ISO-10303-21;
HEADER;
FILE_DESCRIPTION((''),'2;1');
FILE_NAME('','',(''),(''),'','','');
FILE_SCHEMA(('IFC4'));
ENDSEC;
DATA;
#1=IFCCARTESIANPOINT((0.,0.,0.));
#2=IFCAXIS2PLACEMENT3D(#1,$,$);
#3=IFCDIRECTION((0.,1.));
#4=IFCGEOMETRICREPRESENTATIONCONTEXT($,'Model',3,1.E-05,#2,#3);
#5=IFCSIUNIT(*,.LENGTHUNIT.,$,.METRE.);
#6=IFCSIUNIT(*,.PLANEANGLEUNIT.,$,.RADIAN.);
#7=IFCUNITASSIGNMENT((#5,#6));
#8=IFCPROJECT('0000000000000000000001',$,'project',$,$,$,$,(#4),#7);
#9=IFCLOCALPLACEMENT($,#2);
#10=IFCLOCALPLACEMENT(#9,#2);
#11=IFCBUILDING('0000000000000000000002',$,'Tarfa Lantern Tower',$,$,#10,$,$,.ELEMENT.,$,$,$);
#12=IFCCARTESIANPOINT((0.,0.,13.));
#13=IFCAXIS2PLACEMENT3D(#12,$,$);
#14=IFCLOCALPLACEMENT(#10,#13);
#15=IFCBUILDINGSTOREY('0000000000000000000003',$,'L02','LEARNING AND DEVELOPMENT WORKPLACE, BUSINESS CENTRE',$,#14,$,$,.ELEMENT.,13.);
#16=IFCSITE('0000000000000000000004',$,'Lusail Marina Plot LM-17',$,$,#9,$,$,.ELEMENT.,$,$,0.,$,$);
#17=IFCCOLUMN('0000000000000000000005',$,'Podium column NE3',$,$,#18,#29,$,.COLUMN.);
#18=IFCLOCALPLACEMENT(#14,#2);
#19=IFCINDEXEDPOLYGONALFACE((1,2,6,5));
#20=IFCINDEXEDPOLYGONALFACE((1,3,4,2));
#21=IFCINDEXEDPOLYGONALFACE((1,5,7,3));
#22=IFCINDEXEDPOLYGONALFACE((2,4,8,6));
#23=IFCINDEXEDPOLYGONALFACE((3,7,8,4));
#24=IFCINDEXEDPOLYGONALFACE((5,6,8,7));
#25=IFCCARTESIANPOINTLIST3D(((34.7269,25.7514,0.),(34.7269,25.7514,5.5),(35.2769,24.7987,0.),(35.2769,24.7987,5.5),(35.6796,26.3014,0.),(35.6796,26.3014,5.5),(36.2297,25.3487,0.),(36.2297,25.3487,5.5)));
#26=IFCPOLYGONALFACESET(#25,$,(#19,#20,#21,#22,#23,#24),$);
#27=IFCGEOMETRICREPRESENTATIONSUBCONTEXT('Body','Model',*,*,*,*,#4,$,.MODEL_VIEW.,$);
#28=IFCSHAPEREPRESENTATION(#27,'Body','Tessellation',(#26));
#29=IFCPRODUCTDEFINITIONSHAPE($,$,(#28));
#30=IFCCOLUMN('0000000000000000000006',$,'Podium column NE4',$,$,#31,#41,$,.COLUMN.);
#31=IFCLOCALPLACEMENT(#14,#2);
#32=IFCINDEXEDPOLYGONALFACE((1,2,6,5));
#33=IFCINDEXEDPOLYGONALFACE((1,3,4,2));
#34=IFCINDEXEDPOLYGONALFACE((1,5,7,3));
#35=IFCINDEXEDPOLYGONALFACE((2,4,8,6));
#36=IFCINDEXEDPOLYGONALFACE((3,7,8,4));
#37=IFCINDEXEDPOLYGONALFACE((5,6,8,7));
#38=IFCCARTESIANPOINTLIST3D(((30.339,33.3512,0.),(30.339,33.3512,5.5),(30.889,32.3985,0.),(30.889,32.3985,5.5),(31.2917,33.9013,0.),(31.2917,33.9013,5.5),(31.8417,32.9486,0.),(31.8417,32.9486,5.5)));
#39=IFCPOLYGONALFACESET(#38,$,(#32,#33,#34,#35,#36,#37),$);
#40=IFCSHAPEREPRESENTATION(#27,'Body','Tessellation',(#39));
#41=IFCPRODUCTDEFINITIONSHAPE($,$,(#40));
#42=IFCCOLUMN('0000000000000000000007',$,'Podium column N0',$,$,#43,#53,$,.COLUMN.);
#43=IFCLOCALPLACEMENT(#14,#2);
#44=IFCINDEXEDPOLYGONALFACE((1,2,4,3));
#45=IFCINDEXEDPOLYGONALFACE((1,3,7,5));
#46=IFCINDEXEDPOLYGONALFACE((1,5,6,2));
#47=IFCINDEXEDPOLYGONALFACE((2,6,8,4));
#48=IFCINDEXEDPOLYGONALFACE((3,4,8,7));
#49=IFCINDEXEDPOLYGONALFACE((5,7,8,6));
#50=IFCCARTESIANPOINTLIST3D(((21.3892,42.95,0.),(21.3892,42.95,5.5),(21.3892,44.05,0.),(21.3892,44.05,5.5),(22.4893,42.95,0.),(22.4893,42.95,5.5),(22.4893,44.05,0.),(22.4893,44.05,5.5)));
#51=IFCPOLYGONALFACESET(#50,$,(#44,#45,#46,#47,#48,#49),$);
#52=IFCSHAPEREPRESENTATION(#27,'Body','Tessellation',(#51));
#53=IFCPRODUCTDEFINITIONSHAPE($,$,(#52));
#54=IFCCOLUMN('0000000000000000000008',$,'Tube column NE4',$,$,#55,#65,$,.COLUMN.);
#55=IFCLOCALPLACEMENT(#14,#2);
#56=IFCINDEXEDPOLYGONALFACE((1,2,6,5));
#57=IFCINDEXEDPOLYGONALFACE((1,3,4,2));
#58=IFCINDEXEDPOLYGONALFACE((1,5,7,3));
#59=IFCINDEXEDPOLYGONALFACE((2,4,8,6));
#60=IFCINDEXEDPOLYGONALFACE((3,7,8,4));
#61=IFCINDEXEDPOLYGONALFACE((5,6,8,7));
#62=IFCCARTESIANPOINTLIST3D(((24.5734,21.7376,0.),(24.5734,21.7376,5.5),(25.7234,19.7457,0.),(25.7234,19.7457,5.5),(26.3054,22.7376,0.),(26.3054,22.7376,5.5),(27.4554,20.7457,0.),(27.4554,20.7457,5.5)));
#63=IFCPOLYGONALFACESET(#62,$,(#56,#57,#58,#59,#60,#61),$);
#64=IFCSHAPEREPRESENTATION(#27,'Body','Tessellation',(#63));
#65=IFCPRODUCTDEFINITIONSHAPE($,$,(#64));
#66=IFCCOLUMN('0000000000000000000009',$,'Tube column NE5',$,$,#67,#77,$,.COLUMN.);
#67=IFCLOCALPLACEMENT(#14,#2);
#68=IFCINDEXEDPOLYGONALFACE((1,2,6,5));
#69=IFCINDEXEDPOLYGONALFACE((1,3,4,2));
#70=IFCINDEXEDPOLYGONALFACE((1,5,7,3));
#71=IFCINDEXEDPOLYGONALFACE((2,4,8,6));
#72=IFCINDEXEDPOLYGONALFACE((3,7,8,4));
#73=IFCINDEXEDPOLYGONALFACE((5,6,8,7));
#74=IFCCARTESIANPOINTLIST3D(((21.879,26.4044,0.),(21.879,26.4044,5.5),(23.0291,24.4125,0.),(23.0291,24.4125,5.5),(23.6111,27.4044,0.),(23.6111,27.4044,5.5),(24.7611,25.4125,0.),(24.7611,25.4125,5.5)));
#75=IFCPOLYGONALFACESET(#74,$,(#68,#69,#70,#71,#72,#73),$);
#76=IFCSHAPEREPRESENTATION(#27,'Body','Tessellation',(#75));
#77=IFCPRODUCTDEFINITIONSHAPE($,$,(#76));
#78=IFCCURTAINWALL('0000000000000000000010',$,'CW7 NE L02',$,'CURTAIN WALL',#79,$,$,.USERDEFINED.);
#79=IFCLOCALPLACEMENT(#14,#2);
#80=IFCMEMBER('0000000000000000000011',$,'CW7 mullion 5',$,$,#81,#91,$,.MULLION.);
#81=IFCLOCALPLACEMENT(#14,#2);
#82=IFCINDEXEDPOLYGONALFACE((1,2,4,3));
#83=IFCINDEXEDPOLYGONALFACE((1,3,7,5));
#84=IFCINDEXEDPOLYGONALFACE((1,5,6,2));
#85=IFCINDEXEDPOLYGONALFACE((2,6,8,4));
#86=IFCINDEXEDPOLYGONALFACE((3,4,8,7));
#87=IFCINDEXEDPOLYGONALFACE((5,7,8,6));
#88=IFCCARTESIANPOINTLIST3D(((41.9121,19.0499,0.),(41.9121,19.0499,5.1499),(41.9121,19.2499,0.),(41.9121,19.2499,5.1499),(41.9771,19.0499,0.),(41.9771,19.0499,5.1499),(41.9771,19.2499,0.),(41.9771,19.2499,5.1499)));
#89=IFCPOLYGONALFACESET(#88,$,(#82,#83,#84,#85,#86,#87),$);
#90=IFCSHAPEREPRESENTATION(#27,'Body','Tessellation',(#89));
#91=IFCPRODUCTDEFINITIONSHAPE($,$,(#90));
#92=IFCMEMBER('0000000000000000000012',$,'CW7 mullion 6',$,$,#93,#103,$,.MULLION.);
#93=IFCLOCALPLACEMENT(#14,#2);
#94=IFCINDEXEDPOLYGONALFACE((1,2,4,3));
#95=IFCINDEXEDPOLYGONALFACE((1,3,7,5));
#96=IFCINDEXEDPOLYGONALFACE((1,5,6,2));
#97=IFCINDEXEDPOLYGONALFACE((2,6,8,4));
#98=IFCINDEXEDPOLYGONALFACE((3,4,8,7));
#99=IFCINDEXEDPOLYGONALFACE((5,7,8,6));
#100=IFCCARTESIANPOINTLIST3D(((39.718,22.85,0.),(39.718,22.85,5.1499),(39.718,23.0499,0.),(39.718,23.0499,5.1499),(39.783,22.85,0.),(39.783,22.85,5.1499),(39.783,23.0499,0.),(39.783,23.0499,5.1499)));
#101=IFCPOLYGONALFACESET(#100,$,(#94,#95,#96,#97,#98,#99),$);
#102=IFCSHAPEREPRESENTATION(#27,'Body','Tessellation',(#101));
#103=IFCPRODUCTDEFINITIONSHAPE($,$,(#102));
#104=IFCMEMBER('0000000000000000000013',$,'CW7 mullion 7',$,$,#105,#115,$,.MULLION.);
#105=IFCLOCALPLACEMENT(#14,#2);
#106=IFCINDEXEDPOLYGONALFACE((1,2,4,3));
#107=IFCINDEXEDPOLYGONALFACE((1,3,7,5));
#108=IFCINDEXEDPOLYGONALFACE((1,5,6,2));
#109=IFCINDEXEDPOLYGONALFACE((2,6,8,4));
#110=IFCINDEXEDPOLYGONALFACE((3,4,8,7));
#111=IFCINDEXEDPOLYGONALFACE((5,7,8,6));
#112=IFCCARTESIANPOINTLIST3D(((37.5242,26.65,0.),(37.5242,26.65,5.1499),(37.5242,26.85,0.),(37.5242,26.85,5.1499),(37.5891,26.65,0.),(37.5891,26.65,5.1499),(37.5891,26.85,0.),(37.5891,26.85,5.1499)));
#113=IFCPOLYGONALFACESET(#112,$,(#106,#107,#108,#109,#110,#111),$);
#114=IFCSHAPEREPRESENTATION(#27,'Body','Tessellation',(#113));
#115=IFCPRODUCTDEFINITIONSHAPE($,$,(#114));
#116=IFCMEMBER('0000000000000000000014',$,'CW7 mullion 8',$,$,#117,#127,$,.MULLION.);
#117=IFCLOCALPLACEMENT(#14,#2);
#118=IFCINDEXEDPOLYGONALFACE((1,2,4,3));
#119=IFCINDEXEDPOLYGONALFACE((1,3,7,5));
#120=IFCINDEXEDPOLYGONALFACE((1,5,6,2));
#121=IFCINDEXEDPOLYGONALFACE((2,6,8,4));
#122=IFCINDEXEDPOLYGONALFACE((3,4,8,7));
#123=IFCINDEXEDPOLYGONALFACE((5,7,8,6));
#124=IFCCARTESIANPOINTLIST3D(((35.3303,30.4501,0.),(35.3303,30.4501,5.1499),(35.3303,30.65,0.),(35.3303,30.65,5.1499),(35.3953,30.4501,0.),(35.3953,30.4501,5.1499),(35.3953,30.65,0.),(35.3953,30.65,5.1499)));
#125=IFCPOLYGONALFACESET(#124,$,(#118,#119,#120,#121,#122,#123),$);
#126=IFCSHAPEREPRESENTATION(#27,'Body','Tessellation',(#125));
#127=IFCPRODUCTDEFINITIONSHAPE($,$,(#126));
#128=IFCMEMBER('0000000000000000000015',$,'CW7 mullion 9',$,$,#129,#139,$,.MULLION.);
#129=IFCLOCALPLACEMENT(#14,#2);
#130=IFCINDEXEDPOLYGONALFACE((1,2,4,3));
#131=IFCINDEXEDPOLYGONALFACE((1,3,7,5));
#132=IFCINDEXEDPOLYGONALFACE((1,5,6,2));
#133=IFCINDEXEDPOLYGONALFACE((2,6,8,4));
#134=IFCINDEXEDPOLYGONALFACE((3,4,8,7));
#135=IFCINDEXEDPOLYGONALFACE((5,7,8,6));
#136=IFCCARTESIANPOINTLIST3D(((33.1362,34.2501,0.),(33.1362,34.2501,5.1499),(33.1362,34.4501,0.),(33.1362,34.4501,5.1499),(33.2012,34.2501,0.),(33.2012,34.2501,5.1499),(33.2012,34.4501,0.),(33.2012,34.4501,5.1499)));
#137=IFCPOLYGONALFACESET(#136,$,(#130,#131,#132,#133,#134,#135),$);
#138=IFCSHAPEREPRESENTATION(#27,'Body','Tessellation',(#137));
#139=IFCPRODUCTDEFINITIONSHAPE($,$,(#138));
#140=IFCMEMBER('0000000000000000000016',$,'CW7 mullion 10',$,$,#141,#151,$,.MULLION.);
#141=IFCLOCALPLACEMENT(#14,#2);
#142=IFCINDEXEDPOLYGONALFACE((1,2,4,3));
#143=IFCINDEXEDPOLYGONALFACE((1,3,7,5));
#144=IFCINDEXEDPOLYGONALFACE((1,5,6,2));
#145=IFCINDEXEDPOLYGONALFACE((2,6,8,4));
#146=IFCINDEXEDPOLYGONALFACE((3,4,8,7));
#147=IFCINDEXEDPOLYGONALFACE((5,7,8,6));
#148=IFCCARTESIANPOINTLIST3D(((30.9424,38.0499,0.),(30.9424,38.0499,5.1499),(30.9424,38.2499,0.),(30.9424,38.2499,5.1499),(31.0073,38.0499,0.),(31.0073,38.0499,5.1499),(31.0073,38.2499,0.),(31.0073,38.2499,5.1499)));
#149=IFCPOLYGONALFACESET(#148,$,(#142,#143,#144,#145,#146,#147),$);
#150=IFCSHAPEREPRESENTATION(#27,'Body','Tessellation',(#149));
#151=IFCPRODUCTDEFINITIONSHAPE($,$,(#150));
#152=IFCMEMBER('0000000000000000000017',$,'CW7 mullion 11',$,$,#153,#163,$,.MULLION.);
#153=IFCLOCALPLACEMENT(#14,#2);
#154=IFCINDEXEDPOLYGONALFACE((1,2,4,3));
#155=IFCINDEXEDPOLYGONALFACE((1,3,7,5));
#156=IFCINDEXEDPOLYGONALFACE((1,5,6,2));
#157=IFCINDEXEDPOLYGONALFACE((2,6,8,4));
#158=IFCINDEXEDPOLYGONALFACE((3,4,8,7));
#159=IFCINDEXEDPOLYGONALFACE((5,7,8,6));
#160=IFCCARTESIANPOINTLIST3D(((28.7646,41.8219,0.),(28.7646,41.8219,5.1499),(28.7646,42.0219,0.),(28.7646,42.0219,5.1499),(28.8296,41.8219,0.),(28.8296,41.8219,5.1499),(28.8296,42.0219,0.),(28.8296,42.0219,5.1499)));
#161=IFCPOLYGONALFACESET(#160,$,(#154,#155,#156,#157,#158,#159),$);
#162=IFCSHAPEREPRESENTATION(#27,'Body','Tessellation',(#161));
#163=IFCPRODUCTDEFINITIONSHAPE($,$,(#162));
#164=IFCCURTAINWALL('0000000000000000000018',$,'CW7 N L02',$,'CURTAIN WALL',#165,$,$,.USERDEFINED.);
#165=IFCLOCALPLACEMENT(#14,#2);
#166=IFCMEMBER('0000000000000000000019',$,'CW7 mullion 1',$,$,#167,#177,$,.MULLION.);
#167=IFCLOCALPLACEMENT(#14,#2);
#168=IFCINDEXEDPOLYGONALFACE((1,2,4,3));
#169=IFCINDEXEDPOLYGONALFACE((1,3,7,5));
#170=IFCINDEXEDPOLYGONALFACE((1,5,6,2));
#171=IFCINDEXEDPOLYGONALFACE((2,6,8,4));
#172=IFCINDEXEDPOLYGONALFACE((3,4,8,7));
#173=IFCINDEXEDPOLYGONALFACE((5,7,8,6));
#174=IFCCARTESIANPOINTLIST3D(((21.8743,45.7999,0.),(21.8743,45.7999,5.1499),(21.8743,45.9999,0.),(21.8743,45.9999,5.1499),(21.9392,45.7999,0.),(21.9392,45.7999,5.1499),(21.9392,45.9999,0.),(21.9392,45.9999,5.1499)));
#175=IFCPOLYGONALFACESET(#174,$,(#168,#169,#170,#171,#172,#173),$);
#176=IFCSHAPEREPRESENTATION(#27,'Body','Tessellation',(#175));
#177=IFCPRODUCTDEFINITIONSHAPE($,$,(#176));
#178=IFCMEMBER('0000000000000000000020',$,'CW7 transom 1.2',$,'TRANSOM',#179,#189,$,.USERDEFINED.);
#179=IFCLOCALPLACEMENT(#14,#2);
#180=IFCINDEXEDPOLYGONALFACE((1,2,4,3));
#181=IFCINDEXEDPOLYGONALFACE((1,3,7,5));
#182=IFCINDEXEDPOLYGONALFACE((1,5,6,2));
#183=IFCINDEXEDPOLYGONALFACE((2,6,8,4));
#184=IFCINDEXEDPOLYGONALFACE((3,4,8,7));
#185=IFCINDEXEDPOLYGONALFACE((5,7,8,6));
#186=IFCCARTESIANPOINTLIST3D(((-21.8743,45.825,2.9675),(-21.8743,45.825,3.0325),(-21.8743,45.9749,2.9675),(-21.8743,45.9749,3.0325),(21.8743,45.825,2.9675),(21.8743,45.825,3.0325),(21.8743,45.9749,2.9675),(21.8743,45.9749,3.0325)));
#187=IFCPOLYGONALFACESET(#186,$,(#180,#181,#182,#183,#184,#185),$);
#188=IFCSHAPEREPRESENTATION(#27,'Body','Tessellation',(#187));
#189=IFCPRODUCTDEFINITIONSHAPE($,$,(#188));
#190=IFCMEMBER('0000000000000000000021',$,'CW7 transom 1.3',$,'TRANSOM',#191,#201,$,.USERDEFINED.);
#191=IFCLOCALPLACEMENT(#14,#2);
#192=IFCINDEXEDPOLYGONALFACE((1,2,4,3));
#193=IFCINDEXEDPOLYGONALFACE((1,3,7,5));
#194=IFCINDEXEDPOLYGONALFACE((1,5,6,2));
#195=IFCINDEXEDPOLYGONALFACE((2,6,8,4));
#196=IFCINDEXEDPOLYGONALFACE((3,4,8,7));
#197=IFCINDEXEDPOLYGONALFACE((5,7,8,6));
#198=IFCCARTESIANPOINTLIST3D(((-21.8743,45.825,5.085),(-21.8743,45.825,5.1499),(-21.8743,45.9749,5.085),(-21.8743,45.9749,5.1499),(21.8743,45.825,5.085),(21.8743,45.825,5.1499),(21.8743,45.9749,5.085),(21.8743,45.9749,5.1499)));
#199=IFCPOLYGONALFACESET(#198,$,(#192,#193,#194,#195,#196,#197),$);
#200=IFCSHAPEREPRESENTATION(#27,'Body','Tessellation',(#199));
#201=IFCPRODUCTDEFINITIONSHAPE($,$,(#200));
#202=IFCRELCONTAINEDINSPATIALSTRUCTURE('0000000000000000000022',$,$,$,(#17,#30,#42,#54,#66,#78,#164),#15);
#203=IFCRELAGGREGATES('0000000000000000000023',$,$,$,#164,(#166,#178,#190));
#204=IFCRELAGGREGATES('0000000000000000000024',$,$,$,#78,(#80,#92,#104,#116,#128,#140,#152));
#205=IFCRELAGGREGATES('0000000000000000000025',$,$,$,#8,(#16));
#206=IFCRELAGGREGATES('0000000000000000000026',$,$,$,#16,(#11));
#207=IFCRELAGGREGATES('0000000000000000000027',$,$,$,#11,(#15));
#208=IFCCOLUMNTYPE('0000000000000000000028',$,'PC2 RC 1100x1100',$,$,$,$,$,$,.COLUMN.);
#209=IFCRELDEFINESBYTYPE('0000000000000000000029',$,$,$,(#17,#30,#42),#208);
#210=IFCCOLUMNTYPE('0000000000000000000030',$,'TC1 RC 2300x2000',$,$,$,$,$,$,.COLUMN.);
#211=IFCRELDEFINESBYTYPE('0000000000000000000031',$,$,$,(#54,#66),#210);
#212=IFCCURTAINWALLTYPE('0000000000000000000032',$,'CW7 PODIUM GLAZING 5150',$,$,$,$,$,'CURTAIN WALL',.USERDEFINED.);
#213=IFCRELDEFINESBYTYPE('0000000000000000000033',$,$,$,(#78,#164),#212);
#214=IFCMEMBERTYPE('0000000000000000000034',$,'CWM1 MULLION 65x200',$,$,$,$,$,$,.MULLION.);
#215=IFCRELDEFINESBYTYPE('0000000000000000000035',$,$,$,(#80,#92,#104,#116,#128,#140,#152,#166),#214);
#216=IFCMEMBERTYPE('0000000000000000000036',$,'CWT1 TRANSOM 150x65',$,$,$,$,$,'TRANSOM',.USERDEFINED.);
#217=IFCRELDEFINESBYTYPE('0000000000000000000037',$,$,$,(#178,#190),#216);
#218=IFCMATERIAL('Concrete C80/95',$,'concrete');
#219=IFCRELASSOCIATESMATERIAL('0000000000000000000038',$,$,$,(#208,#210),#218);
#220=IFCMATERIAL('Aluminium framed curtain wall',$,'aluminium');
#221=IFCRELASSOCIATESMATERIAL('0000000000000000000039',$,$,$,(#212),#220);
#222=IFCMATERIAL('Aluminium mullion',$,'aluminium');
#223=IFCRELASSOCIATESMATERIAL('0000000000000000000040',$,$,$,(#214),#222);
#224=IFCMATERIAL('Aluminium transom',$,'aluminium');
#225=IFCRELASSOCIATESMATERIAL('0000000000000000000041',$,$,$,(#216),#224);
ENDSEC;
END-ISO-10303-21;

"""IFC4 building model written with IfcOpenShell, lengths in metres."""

from ifc_helpers import new_model, si_unit, direction, frame, origin, origin_2d, place, context, subcontext, project, spatial, rectangle, extrude, material, material_profile, profile_set, type_object, element, aggregate, save


model = new_model("IFC4")

# Units and contexts
model_context = context("Model", 3, precision=1e-05, world=origin(), true_north=direction((0.0, 1.0)))
body_context = subcontext(model_context, "Body", "Model", "MODEL_VIEW")
ifc_project = project(units=[si_unit("LENGTHUNIT", "METRE"), si_unit("PLANEANGLEUNIT", "RADIAN")], contexts=[model_context])

# Site, building, storey
site_placement = place(None, origin())
site = spatial("IfcSite", under=ifc_project, at=site_placement, Name="Lusail Marina Plot LM-17", CompositionType="ELEMENT", RefElevation=0.0)
building_placement = place(site_placement, origin())
building = spatial("IfcBuilding", under=site, at=building_placement, Name="Tarfa Lantern Tower", CompositionType="ELEMENT")
storey_placement = place(building_placement, frame((0.0, 0.0, 13.0)))
storey = spatial("IfcBuildingStorey", under=building, at=storey_placement, Name="L02", Description="LEARNING AND DEVELOPMENT WORKPLACE, BUSINESS CENTRE", CompositionType="ELEMENT", Elevation=13.0)

# Columns
ifc_material_1 = material(Name="Concrete C80/95", Category="concrete")
ifc_material_profile_1 = material_profile(ifc_material_1, rectangle(XDim=1.1001, YDim=1.1001, at=origin_2d()), Name="RC 1100x1100")
ifc_profile_set_1 = profile_set([ifc_material_profile_1], Name="Concrete C80/95")
column_type_1 = type_object("IfcColumnType", Name="PC2 RC 1100x1100", PredefinedType="COLUMN", material=ifc_profile_set_1)
for number, where, z_axis, x_axis, name in (
    (1, (35.4783, 25.55, 0.0), (0.0, 0.0, 1.0), (-0.5, 0.866025, 0.0), "Podium column NE3"),
    (2, (31.0903, 33.1499, 0.0), (0.0, 0.0, 1.0), (-0.5, 0.866025, 0.0), "Podium column NE4"),
    (3, (21.9392, 43.5, 0.0), (0.0, 0.0, 1.0), (-1.0, 0.0, 0.0), "Podium column N0"),
):
    element("IfcColumn", number, at=place(storey_placement, frame(where, z_axis=z_axis, x_axis=x_axis)), inside=storey, type_object=column_type_1, Name=name, PredefinedType="COLUMN", context=body_context, shape_type="SweptSolid", body=[
        extrude(rectangle(XDim=1.1001, YDim=1.1001, at=origin_2d()), origin(), (0.0, 0.0, 1.0), 5.5),
    ])
ifc_material_profile_2 = material_profile(ifc_material_1, rectangle(XDim=2.3, YDim=2.0, at=origin_2d()), Name="RC 2300x2000")
ifc_profile_set_2 = profile_set([ifc_material_profile_2], Name="Concrete C80/95")
column_type_2 = type_object("IfcColumnType", Name="TC1 RC 2300x2000", PredefinedType="COLUMN", material=ifc_profile_set_2)
for number, where, z_axis, x_axis, name in (
    (4, (26.0144, 21.2417, 0.0), (0.0, 0.0, 1.0), (-0.5, 0.866025, 0.0), "Tube column NE4"),
    (5, (23.3201, 25.9084, 0.0), (0.0, 0.0, 1.0), (-0.5, 0.866025, 0.0), "Tube column NE5"),
):
    element("IfcColumn", number, at=place(storey_placement, frame(where, z_axis=z_axis, x_axis=x_axis)), inside=storey, type_object=column_type_2, Name=name, PredefinedType="COLUMN", context=body_context, shape_type="SweptSolid", body=[
        extrude(rectangle(XDim=2.3, YDim=2.0, at=origin_2d()), origin(), (0.0, 0.0, 1.0), 5.5),
    ])

# Curtain walls, members
ifc_material_2 = material(Name="Aluminium framed curtain wall", Category="aluminium")
curtain_wall_type = type_object("IfcCurtainWallType", Name="CW7 PODIUM GLAZING 5150", ElementType="CURTAIN WALL", PredefinedType="USERDEFINED", material=ifc_material_2)
curtain_wall_1_placement = place(storey_placement, origin())
curtain_wall_1 = element("IfcCurtainWall", 6, at=curtain_wall_1_placement, inside=storey, type_object=curtain_wall_type, Name="CW7 NE L02", ObjectType="CURTAIN WALL", PredefinedType="USERDEFINED")
ifc_material_3 = material(Name="Aluminium mullion", Category="aluminium")
ifc_material_profile_3 = material_profile(ifc_material_3, rectangle(XDim=0.0649, YDim=0.2, at=origin_2d()), Name="AL MULLION 65x200")
ifc_profile_set_3 = profile_set([ifc_material_profile_3], Name="Aluminium mullion")
member_type_1 = type_object("IfcMemberType", Name="CWM1 MULLION 65x200", PredefinedType="MULLION", material=ifc_profile_set_3)
member_1_placement = place(storey_placement, frame((41.9446, 19.1499, 0.0), z_axis=(0.0, 0.0, 1.0), x_axis=(1.0, 0.0, 0.0)))
member_1 = element("IfcMember", 7, at=member_1_placement, type_object=member_type_1, Name="CW7 mullion 5", PredefinedType="MULLION", context=body_context, shape_type="SweptSolid", body=[
    extrude(rectangle(XDim=0.0649, YDim=0.2, at=origin_2d()), origin(), (0.0, 0.0, 1.0), 5.1499),
])
member_2_placement = place(storey_placement, frame((39.7505, 22.95, 0.0), z_axis=(0.0, 0.0, 1.0), x_axis=(1.0, 0.0, 0.0)))
member_2 = element("IfcMember", 8, at=member_2_placement, type_object=member_type_1, Name="CW7 mullion 6", PredefinedType="MULLION", context=body_context, shape_type="SweptSolid", body=[
    extrude(rectangle(XDim=0.0649, YDim=0.2, at=origin_2d()), origin(), (0.0, 0.0, 1.0), 5.1499),
])
member_3_placement = place(storey_placement, frame((37.5566, 26.75, 0.0), z_axis=(0.0, 0.0, 1.0), x_axis=(1.0, 0.0, 0.0)))
member_3 = element("IfcMember", 9, at=member_3_placement, type_object=member_type_1, Name="CW7 mullion 7", PredefinedType="MULLION", context=body_context, shape_type="SweptSolid", body=[
    extrude(rectangle(XDim=0.0649, YDim=0.2, at=origin_2d()), origin(), (0.0, 0.0, 1.0), 5.1499),
])
member_4_placement = place(storey_placement, frame((35.3628, 30.55, 0.0), z_axis=(0.0, 0.0, 1.0), x_axis=(1.0, 0.0, 0.0)))
member_4 = element("IfcMember", 10, at=member_4_placement, type_object=member_type_1, Name="CW7 mullion 8", PredefinedType="MULLION", context=body_context, shape_type="SweptSolid", body=[
    extrude(rectangle(XDim=0.0649, YDim=0.2, at=origin_2d()), origin(), (0.0, 0.0, 1.0), 5.1499),
])
member_5_placement = place(storey_placement, frame((33.1687, 34.3501, 0.0), z_axis=(0.0, 0.0, 1.0), x_axis=(1.0, 0.0, 0.0)))
member_5 = element("IfcMember", 11, at=member_5_placement, type_object=member_type_1, Name="CW7 mullion 9", PredefinedType="MULLION", context=body_context, shape_type="SweptSolid", body=[
    extrude(rectangle(XDim=0.0649, YDim=0.2, at=origin_2d()), origin(), (0.0, 0.0, 1.0), 5.1499),
])
member_6_placement = place(storey_placement, frame((30.9749, 38.1499, 0.0), z_axis=(0.0, 0.0, 1.0), x_axis=(1.0, 0.0, 0.0)))
member_6 = element("IfcMember", 12, at=member_6_placement, type_object=member_type_1, Name="CW7 mullion 10", PredefinedType="MULLION", context=body_context, shape_type="SweptSolid", body=[
    extrude(rectangle(XDim=0.0649, YDim=0.2, at=origin_2d()), origin(), (0.0, 0.0, 1.0), 5.1499),
])
member_7_placement = place(storey_placement, frame((28.7971, 41.9219, 0.0), z_axis=(0.0, 0.0, 1.0), x_axis=(1.0, 0.0, 0.0)))
member_7 = element("IfcMember", 13, at=member_7_placement, type_object=member_type_1, Name="CW7 mullion 11", PredefinedType="MULLION", context=body_context, shape_type="SweptSolid", body=[
    extrude(rectangle(XDim=0.0649, YDim=0.2, at=origin_2d()), origin(), (0.0, 0.0, 1.0), 5.1499),
])
curtain_wall_2_placement = place(storey_placement, origin())
curtain_wall_2 = element("IfcCurtainWall", 14, at=curtain_wall_2_placement, inside=storey, type_object=curtain_wall_type, Name="CW7 N L02", ObjectType="CURTAIN WALL", PredefinedType="USERDEFINED")
member_8_placement = place(storey_placement, frame((21.9067, 45.8999, 0.0), z_axis=(0.0, 0.0, 1.0), x_axis=(1.0, 0.0, 0.0)))
member_8 = element("IfcMember", 15, at=member_8_placement, type_object=member_type_1, Name="CW7 mullion 1", PredefinedType="MULLION", context=body_context, shape_type="SweptSolid", body=[
    extrude(rectangle(XDim=0.0649, YDim=0.2, at=origin_2d()), origin(), (0.0, 0.0, 1.0), 5.1499),
])
ifc_material_4 = material(Name="Aluminium transom", Category="aluminium")
ifc_material_profile_4 = material_profile(ifc_material_4, rectangle(XDim=0.1499, YDim=0.0649, at=origin_2d()), Name="AL TRANSOM 150x65")
ifc_profile_set_4 = profile_set([ifc_material_profile_4], Name="Aluminium transom")
member_type_2 = type_object("IfcMemberType", Name="CWT1 TRANSOM 150x65", ElementType="TRANSOM", PredefinedType="USERDEFINED", material=ifc_profile_set_4)
member_9_placement = place(storey_placement, frame((21.8743, 45.8999, 3.0), z_axis=(-1.0, 0.0, 0.0), x_axis=(0.0, -1.0, 0.0)))
member_9 = element("IfcMember", 16, at=member_9_placement, type_object=member_type_2, Name="CW7 transom 1.2", ObjectType="TRANSOM", PredefinedType="USERDEFINED", context=body_context, shape_type="SweptSolid", body=[
    extrude(rectangle(XDim=0.1499, YDim=0.0649, at=origin_2d()), origin(), (0.0, 0.0, 1.0), 43.7485),
])
member_10_placement = place(storey_placement, frame((21.8743, 45.8999, 5.1174), z_axis=(-1.0, 0.0, 0.0), x_axis=(0.0, -1.0, 0.0)))
member_10 = element("IfcMember", 17, at=member_10_placement, type_object=member_type_2, Name="CW7 transom 1.3", ObjectType="TRANSOM", PredefinedType="USERDEFINED", context=body_context, shape_type="SweptSolid", body=[
    extrude(rectangle(XDim=0.1499, YDim=0.0649, at=origin_2d()), origin(), (0.0, 0.0, 1.0), 43.7485),
])
aggregate(curtain_wall_2, [member_8, member_9, member_10])

aggregate(curtain_wall_1, [member_1, member_2, member_3, member_4, member_5, member_6, member_7])

save(model, "model.ifc")
